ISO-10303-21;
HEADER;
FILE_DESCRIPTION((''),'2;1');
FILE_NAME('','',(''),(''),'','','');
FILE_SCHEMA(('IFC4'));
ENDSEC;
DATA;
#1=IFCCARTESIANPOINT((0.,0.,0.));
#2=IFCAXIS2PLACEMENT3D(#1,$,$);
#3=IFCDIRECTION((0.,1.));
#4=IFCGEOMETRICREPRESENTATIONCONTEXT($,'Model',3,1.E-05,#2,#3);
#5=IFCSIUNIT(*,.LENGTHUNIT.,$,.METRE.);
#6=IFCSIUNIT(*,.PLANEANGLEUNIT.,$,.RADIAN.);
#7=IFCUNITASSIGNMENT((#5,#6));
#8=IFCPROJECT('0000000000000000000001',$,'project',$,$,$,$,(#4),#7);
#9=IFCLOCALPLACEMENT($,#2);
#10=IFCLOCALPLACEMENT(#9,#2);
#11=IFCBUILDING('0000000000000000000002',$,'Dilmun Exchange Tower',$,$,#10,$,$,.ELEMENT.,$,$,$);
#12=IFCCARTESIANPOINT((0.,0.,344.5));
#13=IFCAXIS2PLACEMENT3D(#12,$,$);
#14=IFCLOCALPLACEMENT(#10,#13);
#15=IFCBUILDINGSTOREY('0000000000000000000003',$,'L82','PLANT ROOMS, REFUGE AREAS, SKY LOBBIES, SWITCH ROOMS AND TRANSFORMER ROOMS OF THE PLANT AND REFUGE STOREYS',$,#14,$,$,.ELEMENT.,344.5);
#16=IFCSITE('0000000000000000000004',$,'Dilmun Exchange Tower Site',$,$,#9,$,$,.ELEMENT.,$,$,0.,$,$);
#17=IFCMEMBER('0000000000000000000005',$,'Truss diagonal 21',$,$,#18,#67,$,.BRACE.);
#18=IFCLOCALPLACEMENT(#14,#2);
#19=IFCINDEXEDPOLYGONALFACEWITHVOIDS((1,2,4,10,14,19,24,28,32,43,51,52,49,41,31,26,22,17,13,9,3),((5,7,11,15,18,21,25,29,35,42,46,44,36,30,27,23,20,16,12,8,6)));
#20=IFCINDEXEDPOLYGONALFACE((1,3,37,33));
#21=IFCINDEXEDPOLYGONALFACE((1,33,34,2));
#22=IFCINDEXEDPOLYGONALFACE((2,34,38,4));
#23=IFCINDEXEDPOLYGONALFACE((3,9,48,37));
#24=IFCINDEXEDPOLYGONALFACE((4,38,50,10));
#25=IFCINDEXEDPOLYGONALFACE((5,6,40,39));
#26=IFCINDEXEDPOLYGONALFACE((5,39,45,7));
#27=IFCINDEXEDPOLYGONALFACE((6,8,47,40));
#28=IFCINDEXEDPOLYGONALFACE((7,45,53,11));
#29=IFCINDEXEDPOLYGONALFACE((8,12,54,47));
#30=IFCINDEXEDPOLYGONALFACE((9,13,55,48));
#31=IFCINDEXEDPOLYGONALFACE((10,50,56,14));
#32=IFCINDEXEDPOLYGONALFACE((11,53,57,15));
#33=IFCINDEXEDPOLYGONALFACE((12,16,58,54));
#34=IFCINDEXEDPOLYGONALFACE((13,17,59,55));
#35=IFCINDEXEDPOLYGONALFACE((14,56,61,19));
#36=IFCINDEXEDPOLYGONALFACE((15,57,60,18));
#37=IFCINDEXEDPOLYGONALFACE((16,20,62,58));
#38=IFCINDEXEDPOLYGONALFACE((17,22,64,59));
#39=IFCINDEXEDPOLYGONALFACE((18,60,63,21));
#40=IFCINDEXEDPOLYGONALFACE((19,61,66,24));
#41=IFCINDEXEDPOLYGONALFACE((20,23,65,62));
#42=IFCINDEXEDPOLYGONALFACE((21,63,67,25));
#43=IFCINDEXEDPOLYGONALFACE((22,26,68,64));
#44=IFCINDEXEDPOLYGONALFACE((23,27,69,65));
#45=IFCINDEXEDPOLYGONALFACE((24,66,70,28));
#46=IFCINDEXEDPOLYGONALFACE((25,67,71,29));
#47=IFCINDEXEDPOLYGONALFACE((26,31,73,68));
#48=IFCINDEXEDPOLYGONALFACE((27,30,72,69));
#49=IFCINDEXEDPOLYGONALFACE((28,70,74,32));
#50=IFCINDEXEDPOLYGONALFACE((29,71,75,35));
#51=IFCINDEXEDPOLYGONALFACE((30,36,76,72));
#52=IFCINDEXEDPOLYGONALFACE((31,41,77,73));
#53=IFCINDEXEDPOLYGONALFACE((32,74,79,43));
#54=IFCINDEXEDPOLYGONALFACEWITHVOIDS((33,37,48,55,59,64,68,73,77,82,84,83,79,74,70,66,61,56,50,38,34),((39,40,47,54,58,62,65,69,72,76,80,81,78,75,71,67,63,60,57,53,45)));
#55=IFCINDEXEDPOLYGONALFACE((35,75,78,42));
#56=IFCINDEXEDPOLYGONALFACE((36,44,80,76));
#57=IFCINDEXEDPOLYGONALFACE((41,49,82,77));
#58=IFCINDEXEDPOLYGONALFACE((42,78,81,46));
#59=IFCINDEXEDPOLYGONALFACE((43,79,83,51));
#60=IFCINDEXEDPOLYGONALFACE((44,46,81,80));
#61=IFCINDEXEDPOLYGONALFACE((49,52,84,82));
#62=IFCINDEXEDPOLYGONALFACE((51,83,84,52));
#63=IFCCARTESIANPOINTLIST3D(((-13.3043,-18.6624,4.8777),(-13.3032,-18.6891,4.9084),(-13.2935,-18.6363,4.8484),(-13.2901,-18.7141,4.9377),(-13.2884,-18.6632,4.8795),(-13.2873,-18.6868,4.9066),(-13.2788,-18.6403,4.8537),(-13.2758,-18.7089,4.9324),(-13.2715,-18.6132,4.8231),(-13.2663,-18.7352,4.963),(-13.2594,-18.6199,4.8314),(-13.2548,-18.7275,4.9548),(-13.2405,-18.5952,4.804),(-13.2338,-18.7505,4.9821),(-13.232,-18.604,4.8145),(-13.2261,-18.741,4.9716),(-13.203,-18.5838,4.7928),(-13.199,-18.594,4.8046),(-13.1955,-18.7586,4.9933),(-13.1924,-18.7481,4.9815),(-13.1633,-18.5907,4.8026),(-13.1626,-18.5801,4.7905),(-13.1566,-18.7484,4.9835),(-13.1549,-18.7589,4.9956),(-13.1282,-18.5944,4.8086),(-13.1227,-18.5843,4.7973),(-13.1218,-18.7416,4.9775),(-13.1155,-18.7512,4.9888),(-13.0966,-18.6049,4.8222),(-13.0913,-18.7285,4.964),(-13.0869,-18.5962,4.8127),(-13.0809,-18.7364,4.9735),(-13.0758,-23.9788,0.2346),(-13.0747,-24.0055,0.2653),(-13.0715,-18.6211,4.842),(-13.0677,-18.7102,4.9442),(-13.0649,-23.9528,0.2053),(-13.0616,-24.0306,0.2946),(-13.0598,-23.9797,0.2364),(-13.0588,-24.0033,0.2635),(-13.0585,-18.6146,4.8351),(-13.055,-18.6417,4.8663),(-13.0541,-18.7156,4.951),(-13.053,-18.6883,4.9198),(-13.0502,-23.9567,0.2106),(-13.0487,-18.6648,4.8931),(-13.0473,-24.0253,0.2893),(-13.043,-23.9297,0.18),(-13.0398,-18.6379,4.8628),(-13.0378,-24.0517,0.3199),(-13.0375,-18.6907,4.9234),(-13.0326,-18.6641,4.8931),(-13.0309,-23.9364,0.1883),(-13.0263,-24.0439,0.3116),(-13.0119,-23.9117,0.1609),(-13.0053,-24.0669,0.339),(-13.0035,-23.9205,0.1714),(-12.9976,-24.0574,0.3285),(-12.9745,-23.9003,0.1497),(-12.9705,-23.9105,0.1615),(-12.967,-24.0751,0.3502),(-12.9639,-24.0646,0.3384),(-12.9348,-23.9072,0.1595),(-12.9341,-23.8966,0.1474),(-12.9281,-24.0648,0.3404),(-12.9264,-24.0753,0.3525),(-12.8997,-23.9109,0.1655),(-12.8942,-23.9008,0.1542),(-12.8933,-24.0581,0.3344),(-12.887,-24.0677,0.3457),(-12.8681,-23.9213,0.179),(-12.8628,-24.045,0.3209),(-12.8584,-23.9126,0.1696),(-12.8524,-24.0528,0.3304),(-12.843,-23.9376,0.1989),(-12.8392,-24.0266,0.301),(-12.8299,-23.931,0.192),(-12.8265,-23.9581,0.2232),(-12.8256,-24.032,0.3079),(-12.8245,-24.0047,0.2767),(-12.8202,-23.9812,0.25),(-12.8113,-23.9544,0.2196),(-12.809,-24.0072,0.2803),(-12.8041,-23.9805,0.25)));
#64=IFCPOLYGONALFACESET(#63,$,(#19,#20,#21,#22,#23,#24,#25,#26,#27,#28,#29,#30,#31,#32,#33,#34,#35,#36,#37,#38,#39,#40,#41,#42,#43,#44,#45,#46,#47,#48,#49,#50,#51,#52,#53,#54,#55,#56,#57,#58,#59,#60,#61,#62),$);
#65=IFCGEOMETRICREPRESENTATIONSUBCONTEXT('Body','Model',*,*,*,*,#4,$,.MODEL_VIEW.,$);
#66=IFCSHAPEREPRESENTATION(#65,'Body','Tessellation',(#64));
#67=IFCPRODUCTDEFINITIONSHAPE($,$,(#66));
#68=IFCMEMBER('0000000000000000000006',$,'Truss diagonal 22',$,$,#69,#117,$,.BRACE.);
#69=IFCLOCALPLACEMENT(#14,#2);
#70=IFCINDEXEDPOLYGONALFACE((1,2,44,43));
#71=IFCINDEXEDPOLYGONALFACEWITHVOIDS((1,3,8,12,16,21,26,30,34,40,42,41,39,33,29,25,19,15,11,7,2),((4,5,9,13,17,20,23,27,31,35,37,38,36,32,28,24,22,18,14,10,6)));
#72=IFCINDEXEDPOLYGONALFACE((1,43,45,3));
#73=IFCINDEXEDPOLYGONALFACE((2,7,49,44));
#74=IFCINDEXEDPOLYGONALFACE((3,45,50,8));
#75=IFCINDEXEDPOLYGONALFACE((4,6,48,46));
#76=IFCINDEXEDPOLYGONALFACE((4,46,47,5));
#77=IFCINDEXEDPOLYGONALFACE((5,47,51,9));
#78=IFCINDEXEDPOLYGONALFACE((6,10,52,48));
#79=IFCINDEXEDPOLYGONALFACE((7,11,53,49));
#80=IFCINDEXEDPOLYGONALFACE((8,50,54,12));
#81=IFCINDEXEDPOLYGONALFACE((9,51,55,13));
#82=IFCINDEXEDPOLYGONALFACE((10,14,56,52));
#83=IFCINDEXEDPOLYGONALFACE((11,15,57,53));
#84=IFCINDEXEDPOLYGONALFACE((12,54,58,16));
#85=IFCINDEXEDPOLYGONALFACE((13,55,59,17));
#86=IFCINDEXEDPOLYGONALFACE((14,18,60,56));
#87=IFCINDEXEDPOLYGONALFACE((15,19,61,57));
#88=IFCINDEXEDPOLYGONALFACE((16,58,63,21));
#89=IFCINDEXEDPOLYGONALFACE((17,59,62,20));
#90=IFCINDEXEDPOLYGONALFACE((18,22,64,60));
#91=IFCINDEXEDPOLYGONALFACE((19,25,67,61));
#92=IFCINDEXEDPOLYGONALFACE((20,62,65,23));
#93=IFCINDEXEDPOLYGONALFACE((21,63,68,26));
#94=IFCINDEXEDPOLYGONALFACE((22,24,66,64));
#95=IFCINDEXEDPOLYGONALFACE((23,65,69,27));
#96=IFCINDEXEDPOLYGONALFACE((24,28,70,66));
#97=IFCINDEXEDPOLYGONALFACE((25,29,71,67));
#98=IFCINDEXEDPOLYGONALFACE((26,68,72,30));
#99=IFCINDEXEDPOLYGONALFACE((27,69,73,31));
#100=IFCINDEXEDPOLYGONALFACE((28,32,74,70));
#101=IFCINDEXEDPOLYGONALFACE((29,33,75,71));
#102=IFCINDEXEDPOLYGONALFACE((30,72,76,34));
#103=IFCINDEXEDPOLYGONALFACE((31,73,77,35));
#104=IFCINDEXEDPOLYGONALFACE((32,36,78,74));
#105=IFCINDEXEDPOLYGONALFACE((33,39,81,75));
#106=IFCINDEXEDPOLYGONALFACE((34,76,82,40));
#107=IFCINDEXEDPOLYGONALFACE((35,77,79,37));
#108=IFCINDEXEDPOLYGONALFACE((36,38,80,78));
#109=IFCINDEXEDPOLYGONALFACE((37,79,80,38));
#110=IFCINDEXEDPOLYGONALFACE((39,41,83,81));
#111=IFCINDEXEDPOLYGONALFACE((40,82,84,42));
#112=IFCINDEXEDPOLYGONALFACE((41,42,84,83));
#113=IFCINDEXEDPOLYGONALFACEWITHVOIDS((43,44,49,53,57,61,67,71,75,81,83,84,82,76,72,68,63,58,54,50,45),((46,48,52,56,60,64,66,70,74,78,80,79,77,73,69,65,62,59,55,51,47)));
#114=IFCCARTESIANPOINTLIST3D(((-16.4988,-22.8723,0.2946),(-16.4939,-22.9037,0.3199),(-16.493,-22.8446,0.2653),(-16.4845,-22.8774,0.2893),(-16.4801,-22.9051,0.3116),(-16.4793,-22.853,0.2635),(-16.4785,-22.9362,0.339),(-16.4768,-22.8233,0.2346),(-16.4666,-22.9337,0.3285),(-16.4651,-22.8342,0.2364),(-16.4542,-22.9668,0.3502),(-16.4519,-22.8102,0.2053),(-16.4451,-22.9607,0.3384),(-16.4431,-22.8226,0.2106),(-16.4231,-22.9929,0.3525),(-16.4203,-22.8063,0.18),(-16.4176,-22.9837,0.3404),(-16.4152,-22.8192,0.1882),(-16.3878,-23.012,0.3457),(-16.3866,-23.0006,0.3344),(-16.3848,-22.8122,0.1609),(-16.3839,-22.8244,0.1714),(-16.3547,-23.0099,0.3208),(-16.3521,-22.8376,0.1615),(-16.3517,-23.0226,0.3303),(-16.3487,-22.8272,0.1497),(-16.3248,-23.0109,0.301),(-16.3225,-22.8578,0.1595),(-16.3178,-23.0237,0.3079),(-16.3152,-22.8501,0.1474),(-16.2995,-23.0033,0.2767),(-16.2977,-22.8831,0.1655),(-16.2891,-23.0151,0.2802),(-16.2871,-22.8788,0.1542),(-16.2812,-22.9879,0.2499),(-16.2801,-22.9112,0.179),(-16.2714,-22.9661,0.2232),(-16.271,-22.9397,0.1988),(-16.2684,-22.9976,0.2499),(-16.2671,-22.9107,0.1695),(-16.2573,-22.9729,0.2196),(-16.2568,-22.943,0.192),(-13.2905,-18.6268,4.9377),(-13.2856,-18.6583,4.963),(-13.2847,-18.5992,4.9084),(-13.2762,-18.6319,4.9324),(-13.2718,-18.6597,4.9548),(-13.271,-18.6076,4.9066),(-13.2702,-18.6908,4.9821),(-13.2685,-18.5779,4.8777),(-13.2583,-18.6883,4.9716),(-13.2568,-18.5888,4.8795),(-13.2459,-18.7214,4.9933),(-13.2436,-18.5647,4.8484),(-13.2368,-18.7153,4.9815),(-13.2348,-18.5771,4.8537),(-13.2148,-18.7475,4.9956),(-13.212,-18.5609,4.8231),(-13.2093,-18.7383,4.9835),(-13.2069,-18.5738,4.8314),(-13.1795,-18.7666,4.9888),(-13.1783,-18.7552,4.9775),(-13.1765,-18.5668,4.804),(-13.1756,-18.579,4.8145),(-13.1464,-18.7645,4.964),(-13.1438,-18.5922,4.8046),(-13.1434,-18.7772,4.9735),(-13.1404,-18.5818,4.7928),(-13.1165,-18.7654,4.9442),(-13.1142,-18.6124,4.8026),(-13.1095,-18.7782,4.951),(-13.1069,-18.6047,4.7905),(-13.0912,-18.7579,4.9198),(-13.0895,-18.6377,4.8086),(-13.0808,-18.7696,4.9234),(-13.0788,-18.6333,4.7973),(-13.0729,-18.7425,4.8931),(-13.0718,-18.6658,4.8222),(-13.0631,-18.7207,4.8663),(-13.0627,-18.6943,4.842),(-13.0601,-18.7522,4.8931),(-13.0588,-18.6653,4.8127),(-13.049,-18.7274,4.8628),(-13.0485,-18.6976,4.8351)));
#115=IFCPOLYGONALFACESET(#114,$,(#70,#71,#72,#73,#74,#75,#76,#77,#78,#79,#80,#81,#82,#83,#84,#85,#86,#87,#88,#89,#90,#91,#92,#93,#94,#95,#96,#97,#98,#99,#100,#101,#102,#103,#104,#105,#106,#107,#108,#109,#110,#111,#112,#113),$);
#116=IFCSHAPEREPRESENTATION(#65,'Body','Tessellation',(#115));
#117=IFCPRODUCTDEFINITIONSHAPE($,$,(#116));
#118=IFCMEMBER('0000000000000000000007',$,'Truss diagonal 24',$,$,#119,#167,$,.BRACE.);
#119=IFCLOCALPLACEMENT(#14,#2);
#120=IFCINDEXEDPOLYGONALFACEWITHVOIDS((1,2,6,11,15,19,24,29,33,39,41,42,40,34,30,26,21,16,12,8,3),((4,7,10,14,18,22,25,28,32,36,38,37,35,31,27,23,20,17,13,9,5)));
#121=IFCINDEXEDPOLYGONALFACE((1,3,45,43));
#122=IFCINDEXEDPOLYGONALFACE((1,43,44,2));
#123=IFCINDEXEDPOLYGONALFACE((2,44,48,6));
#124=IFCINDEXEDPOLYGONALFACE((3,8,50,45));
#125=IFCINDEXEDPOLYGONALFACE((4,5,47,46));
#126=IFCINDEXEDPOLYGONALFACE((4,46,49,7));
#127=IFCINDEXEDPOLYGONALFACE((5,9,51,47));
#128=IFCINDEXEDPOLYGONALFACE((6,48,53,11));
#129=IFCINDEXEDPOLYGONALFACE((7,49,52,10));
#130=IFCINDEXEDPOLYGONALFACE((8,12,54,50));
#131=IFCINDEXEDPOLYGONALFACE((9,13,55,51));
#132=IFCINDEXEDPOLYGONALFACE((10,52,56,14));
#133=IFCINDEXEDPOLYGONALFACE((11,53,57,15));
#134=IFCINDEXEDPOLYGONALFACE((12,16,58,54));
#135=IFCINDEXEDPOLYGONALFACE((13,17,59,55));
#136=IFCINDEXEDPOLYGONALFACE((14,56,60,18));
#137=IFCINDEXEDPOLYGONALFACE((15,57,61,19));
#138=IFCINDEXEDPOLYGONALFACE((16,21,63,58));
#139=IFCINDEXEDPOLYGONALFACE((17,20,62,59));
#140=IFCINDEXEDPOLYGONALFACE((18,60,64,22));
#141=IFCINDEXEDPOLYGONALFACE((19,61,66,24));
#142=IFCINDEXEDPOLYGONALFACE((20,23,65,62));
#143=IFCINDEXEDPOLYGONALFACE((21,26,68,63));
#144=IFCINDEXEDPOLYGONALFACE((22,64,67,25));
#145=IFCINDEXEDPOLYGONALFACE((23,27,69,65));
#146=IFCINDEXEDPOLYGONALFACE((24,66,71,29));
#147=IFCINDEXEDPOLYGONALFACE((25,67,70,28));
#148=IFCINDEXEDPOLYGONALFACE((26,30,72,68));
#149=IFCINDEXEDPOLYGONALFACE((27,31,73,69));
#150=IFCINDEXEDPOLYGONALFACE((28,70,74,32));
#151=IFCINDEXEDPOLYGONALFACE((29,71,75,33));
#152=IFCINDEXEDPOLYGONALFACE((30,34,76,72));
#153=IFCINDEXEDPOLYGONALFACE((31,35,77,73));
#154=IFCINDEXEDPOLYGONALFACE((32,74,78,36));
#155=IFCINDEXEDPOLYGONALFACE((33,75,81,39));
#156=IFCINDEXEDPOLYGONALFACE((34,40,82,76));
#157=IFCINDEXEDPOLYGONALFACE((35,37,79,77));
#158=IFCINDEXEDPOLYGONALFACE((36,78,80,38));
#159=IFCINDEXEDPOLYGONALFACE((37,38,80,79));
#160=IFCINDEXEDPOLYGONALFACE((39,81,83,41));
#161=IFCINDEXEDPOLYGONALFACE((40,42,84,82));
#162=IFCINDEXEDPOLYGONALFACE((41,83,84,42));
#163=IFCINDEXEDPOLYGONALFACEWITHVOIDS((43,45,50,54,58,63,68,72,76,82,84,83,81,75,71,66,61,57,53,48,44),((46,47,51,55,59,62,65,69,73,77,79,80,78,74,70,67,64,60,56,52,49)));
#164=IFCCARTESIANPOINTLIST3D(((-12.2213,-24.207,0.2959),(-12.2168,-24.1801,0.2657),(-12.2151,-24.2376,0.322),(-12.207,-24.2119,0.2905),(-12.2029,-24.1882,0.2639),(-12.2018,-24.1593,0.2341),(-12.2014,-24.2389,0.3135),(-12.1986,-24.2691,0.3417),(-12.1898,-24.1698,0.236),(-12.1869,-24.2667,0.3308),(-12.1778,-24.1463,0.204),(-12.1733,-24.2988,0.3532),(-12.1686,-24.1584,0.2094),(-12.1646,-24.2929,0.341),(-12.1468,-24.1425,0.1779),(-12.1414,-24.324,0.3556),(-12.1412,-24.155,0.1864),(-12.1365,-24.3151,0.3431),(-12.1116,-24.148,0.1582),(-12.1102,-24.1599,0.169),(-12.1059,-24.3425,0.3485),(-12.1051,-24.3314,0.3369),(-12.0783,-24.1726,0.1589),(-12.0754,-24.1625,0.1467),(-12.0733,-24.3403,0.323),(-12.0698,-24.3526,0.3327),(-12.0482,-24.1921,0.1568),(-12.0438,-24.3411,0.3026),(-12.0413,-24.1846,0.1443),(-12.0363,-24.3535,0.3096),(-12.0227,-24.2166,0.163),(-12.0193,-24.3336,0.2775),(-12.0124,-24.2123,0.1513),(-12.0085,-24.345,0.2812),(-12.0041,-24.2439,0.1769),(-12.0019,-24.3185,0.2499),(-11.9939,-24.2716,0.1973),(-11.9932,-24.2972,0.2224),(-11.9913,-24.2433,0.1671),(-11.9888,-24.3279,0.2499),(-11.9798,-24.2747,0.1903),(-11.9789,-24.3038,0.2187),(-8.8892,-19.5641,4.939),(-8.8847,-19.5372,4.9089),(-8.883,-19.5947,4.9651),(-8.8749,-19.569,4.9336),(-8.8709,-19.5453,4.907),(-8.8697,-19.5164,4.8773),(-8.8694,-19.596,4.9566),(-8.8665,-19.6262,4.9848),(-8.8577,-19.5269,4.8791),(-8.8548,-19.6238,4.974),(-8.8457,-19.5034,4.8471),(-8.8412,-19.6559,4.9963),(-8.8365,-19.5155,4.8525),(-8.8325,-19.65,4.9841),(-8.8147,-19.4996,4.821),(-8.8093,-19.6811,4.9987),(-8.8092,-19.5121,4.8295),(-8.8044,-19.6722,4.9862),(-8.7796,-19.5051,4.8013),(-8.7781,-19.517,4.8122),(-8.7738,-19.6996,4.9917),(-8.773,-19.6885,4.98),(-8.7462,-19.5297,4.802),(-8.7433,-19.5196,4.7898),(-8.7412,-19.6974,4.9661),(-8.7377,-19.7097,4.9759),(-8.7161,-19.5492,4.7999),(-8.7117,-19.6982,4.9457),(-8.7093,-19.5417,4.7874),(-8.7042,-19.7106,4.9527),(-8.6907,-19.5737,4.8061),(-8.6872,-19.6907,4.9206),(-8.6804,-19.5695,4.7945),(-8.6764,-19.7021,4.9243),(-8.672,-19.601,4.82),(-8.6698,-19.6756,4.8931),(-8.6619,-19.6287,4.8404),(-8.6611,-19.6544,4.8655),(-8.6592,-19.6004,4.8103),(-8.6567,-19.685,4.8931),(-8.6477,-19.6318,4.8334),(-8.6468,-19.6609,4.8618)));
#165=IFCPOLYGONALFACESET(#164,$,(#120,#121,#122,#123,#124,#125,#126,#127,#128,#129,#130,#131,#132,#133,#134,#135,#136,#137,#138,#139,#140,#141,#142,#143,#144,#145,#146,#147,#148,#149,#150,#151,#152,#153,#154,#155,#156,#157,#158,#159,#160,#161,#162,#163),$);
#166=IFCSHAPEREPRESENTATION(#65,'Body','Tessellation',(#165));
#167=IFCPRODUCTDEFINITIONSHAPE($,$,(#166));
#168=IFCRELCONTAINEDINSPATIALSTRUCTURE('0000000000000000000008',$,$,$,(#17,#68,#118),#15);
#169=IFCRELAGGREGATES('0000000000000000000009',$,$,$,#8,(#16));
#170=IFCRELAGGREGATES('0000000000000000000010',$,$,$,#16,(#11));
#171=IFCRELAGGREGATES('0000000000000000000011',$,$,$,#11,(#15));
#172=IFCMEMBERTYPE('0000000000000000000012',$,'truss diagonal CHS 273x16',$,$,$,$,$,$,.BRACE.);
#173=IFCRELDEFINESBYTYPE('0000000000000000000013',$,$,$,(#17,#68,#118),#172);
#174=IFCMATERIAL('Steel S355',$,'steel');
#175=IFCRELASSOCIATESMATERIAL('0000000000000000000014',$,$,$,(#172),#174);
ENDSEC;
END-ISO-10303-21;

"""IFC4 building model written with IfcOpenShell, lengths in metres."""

from ifc_helpers import new_model, si_unit, direction, frame, origin, origin_2d, place, context, subcontext, project, spatial, hollow_circle, extrude, material, material_profile, profile_set, type_object, element, save


model = new_model("IFC4")

# Units and contexts
model_context = context("Model", 3, precision=1e-05, world=origin(), true_north=direction((0.0, 1.0)))
body_context = subcontext(model_context, "Body", "Model", "MODEL_VIEW")
ifc_project = project(units=[si_unit("LENGTHUNIT", "METRE"), si_unit("PLANEANGLEUNIT", "RADIAN")], contexts=[model_context])

# Site, building, storey
site_placement = place(None, origin())
site = spatial("IfcSite", under=ifc_project, at=site_placement, Name="Dilmun Exchange Tower Site", CompositionType="ELEMENT", RefElevation=0.0)
building_placement = place(site_placement, origin())
building = spatial("IfcBuilding", under=site, at=building_placement, Name="Dilmun Exchange Tower", CompositionType="ELEMENT")
storey_placement = place(building_placement, frame((0.0, 0.0, 344.5)))
storey = spatial("IfcBuildingStorey", under=building, at=storey_placement, Name="L82", Description="PLANT ROOMS, REFUGE AREAS, SKY LOBBIES, SWITCH ROOMS AND TRANSFORMER ROOMS OF THE PLANT AND REFUGE STOREYS", CompositionType="ELEMENT", Elevation=344.5)

# Shared definitions
ifc_material_1 = material(Name="Steel S355", Category="steel")

# Members
ifc_material_profile_1 = material_profile(ifc_material_1, hollow_circle(Radius=0.1365, WallThickness=0.0161, at=origin_2d()), Name="CHS 273x16")
ifc_profile_set_1 = profile_set([ifc_material_profile_1], Name="Steel S355")
member_type_1 = type_object("IfcMemberType", Name="truss diagonal CHS 273x16", PredefinedType="BRACE", material=ifc_profile_set_1)
for number, where, z_axis, x_axis, name in (
    (1, (-13.1689, -18.6699, 4.8931), (0.032358, -0.752799, -0.657455), (0.999078, 0.042943, 0.0), "Truss diagonal 21"),
    (2, (-13.1689, -18.6699, 4.8931), (-0.454288, -0.601142, -0.657457), (0.797809, -0.60291, 0.0), "Truss diagonal 22"),
):
    element("IfcMember", number, at=place(storey_placement, frame(where, z_axis=z_axis, x_axis=x_axis)), inside=storey, type_object=member_type_1, Name=name, PredefinedType="BRACE", context=body_context, shape_type="SweptSolid", body=[
        extrude(hollow_circle(Radius=0.1365, WallThickness=0.0161, at=origin_2d()), origin(), (0.0, 0.0, 1.0), 7.0623),
    ])
member_1_placement = place(storey_placement, frame((-8.7676, -19.6055, 4.8931), z_axis=(-0.452527, -0.630547, -0.63058), x_axis=(0.81243, -0.583059, 0.0)))
element("IfcMember", 3, at=member_1_placement, inside=storey, type_object=member_type_1, Name="Truss diagonal 24", PredefinedType="BRACE", context=body_context, shape_type="SweptSolid", body=[
    extrude(hollow_circle(Radius=0.1365, WallThickness=0.0161, at=origin_2d()), origin(), (0.0, 0.0, 1.0), 7.3633),
])

save(model, "model.ifc")
